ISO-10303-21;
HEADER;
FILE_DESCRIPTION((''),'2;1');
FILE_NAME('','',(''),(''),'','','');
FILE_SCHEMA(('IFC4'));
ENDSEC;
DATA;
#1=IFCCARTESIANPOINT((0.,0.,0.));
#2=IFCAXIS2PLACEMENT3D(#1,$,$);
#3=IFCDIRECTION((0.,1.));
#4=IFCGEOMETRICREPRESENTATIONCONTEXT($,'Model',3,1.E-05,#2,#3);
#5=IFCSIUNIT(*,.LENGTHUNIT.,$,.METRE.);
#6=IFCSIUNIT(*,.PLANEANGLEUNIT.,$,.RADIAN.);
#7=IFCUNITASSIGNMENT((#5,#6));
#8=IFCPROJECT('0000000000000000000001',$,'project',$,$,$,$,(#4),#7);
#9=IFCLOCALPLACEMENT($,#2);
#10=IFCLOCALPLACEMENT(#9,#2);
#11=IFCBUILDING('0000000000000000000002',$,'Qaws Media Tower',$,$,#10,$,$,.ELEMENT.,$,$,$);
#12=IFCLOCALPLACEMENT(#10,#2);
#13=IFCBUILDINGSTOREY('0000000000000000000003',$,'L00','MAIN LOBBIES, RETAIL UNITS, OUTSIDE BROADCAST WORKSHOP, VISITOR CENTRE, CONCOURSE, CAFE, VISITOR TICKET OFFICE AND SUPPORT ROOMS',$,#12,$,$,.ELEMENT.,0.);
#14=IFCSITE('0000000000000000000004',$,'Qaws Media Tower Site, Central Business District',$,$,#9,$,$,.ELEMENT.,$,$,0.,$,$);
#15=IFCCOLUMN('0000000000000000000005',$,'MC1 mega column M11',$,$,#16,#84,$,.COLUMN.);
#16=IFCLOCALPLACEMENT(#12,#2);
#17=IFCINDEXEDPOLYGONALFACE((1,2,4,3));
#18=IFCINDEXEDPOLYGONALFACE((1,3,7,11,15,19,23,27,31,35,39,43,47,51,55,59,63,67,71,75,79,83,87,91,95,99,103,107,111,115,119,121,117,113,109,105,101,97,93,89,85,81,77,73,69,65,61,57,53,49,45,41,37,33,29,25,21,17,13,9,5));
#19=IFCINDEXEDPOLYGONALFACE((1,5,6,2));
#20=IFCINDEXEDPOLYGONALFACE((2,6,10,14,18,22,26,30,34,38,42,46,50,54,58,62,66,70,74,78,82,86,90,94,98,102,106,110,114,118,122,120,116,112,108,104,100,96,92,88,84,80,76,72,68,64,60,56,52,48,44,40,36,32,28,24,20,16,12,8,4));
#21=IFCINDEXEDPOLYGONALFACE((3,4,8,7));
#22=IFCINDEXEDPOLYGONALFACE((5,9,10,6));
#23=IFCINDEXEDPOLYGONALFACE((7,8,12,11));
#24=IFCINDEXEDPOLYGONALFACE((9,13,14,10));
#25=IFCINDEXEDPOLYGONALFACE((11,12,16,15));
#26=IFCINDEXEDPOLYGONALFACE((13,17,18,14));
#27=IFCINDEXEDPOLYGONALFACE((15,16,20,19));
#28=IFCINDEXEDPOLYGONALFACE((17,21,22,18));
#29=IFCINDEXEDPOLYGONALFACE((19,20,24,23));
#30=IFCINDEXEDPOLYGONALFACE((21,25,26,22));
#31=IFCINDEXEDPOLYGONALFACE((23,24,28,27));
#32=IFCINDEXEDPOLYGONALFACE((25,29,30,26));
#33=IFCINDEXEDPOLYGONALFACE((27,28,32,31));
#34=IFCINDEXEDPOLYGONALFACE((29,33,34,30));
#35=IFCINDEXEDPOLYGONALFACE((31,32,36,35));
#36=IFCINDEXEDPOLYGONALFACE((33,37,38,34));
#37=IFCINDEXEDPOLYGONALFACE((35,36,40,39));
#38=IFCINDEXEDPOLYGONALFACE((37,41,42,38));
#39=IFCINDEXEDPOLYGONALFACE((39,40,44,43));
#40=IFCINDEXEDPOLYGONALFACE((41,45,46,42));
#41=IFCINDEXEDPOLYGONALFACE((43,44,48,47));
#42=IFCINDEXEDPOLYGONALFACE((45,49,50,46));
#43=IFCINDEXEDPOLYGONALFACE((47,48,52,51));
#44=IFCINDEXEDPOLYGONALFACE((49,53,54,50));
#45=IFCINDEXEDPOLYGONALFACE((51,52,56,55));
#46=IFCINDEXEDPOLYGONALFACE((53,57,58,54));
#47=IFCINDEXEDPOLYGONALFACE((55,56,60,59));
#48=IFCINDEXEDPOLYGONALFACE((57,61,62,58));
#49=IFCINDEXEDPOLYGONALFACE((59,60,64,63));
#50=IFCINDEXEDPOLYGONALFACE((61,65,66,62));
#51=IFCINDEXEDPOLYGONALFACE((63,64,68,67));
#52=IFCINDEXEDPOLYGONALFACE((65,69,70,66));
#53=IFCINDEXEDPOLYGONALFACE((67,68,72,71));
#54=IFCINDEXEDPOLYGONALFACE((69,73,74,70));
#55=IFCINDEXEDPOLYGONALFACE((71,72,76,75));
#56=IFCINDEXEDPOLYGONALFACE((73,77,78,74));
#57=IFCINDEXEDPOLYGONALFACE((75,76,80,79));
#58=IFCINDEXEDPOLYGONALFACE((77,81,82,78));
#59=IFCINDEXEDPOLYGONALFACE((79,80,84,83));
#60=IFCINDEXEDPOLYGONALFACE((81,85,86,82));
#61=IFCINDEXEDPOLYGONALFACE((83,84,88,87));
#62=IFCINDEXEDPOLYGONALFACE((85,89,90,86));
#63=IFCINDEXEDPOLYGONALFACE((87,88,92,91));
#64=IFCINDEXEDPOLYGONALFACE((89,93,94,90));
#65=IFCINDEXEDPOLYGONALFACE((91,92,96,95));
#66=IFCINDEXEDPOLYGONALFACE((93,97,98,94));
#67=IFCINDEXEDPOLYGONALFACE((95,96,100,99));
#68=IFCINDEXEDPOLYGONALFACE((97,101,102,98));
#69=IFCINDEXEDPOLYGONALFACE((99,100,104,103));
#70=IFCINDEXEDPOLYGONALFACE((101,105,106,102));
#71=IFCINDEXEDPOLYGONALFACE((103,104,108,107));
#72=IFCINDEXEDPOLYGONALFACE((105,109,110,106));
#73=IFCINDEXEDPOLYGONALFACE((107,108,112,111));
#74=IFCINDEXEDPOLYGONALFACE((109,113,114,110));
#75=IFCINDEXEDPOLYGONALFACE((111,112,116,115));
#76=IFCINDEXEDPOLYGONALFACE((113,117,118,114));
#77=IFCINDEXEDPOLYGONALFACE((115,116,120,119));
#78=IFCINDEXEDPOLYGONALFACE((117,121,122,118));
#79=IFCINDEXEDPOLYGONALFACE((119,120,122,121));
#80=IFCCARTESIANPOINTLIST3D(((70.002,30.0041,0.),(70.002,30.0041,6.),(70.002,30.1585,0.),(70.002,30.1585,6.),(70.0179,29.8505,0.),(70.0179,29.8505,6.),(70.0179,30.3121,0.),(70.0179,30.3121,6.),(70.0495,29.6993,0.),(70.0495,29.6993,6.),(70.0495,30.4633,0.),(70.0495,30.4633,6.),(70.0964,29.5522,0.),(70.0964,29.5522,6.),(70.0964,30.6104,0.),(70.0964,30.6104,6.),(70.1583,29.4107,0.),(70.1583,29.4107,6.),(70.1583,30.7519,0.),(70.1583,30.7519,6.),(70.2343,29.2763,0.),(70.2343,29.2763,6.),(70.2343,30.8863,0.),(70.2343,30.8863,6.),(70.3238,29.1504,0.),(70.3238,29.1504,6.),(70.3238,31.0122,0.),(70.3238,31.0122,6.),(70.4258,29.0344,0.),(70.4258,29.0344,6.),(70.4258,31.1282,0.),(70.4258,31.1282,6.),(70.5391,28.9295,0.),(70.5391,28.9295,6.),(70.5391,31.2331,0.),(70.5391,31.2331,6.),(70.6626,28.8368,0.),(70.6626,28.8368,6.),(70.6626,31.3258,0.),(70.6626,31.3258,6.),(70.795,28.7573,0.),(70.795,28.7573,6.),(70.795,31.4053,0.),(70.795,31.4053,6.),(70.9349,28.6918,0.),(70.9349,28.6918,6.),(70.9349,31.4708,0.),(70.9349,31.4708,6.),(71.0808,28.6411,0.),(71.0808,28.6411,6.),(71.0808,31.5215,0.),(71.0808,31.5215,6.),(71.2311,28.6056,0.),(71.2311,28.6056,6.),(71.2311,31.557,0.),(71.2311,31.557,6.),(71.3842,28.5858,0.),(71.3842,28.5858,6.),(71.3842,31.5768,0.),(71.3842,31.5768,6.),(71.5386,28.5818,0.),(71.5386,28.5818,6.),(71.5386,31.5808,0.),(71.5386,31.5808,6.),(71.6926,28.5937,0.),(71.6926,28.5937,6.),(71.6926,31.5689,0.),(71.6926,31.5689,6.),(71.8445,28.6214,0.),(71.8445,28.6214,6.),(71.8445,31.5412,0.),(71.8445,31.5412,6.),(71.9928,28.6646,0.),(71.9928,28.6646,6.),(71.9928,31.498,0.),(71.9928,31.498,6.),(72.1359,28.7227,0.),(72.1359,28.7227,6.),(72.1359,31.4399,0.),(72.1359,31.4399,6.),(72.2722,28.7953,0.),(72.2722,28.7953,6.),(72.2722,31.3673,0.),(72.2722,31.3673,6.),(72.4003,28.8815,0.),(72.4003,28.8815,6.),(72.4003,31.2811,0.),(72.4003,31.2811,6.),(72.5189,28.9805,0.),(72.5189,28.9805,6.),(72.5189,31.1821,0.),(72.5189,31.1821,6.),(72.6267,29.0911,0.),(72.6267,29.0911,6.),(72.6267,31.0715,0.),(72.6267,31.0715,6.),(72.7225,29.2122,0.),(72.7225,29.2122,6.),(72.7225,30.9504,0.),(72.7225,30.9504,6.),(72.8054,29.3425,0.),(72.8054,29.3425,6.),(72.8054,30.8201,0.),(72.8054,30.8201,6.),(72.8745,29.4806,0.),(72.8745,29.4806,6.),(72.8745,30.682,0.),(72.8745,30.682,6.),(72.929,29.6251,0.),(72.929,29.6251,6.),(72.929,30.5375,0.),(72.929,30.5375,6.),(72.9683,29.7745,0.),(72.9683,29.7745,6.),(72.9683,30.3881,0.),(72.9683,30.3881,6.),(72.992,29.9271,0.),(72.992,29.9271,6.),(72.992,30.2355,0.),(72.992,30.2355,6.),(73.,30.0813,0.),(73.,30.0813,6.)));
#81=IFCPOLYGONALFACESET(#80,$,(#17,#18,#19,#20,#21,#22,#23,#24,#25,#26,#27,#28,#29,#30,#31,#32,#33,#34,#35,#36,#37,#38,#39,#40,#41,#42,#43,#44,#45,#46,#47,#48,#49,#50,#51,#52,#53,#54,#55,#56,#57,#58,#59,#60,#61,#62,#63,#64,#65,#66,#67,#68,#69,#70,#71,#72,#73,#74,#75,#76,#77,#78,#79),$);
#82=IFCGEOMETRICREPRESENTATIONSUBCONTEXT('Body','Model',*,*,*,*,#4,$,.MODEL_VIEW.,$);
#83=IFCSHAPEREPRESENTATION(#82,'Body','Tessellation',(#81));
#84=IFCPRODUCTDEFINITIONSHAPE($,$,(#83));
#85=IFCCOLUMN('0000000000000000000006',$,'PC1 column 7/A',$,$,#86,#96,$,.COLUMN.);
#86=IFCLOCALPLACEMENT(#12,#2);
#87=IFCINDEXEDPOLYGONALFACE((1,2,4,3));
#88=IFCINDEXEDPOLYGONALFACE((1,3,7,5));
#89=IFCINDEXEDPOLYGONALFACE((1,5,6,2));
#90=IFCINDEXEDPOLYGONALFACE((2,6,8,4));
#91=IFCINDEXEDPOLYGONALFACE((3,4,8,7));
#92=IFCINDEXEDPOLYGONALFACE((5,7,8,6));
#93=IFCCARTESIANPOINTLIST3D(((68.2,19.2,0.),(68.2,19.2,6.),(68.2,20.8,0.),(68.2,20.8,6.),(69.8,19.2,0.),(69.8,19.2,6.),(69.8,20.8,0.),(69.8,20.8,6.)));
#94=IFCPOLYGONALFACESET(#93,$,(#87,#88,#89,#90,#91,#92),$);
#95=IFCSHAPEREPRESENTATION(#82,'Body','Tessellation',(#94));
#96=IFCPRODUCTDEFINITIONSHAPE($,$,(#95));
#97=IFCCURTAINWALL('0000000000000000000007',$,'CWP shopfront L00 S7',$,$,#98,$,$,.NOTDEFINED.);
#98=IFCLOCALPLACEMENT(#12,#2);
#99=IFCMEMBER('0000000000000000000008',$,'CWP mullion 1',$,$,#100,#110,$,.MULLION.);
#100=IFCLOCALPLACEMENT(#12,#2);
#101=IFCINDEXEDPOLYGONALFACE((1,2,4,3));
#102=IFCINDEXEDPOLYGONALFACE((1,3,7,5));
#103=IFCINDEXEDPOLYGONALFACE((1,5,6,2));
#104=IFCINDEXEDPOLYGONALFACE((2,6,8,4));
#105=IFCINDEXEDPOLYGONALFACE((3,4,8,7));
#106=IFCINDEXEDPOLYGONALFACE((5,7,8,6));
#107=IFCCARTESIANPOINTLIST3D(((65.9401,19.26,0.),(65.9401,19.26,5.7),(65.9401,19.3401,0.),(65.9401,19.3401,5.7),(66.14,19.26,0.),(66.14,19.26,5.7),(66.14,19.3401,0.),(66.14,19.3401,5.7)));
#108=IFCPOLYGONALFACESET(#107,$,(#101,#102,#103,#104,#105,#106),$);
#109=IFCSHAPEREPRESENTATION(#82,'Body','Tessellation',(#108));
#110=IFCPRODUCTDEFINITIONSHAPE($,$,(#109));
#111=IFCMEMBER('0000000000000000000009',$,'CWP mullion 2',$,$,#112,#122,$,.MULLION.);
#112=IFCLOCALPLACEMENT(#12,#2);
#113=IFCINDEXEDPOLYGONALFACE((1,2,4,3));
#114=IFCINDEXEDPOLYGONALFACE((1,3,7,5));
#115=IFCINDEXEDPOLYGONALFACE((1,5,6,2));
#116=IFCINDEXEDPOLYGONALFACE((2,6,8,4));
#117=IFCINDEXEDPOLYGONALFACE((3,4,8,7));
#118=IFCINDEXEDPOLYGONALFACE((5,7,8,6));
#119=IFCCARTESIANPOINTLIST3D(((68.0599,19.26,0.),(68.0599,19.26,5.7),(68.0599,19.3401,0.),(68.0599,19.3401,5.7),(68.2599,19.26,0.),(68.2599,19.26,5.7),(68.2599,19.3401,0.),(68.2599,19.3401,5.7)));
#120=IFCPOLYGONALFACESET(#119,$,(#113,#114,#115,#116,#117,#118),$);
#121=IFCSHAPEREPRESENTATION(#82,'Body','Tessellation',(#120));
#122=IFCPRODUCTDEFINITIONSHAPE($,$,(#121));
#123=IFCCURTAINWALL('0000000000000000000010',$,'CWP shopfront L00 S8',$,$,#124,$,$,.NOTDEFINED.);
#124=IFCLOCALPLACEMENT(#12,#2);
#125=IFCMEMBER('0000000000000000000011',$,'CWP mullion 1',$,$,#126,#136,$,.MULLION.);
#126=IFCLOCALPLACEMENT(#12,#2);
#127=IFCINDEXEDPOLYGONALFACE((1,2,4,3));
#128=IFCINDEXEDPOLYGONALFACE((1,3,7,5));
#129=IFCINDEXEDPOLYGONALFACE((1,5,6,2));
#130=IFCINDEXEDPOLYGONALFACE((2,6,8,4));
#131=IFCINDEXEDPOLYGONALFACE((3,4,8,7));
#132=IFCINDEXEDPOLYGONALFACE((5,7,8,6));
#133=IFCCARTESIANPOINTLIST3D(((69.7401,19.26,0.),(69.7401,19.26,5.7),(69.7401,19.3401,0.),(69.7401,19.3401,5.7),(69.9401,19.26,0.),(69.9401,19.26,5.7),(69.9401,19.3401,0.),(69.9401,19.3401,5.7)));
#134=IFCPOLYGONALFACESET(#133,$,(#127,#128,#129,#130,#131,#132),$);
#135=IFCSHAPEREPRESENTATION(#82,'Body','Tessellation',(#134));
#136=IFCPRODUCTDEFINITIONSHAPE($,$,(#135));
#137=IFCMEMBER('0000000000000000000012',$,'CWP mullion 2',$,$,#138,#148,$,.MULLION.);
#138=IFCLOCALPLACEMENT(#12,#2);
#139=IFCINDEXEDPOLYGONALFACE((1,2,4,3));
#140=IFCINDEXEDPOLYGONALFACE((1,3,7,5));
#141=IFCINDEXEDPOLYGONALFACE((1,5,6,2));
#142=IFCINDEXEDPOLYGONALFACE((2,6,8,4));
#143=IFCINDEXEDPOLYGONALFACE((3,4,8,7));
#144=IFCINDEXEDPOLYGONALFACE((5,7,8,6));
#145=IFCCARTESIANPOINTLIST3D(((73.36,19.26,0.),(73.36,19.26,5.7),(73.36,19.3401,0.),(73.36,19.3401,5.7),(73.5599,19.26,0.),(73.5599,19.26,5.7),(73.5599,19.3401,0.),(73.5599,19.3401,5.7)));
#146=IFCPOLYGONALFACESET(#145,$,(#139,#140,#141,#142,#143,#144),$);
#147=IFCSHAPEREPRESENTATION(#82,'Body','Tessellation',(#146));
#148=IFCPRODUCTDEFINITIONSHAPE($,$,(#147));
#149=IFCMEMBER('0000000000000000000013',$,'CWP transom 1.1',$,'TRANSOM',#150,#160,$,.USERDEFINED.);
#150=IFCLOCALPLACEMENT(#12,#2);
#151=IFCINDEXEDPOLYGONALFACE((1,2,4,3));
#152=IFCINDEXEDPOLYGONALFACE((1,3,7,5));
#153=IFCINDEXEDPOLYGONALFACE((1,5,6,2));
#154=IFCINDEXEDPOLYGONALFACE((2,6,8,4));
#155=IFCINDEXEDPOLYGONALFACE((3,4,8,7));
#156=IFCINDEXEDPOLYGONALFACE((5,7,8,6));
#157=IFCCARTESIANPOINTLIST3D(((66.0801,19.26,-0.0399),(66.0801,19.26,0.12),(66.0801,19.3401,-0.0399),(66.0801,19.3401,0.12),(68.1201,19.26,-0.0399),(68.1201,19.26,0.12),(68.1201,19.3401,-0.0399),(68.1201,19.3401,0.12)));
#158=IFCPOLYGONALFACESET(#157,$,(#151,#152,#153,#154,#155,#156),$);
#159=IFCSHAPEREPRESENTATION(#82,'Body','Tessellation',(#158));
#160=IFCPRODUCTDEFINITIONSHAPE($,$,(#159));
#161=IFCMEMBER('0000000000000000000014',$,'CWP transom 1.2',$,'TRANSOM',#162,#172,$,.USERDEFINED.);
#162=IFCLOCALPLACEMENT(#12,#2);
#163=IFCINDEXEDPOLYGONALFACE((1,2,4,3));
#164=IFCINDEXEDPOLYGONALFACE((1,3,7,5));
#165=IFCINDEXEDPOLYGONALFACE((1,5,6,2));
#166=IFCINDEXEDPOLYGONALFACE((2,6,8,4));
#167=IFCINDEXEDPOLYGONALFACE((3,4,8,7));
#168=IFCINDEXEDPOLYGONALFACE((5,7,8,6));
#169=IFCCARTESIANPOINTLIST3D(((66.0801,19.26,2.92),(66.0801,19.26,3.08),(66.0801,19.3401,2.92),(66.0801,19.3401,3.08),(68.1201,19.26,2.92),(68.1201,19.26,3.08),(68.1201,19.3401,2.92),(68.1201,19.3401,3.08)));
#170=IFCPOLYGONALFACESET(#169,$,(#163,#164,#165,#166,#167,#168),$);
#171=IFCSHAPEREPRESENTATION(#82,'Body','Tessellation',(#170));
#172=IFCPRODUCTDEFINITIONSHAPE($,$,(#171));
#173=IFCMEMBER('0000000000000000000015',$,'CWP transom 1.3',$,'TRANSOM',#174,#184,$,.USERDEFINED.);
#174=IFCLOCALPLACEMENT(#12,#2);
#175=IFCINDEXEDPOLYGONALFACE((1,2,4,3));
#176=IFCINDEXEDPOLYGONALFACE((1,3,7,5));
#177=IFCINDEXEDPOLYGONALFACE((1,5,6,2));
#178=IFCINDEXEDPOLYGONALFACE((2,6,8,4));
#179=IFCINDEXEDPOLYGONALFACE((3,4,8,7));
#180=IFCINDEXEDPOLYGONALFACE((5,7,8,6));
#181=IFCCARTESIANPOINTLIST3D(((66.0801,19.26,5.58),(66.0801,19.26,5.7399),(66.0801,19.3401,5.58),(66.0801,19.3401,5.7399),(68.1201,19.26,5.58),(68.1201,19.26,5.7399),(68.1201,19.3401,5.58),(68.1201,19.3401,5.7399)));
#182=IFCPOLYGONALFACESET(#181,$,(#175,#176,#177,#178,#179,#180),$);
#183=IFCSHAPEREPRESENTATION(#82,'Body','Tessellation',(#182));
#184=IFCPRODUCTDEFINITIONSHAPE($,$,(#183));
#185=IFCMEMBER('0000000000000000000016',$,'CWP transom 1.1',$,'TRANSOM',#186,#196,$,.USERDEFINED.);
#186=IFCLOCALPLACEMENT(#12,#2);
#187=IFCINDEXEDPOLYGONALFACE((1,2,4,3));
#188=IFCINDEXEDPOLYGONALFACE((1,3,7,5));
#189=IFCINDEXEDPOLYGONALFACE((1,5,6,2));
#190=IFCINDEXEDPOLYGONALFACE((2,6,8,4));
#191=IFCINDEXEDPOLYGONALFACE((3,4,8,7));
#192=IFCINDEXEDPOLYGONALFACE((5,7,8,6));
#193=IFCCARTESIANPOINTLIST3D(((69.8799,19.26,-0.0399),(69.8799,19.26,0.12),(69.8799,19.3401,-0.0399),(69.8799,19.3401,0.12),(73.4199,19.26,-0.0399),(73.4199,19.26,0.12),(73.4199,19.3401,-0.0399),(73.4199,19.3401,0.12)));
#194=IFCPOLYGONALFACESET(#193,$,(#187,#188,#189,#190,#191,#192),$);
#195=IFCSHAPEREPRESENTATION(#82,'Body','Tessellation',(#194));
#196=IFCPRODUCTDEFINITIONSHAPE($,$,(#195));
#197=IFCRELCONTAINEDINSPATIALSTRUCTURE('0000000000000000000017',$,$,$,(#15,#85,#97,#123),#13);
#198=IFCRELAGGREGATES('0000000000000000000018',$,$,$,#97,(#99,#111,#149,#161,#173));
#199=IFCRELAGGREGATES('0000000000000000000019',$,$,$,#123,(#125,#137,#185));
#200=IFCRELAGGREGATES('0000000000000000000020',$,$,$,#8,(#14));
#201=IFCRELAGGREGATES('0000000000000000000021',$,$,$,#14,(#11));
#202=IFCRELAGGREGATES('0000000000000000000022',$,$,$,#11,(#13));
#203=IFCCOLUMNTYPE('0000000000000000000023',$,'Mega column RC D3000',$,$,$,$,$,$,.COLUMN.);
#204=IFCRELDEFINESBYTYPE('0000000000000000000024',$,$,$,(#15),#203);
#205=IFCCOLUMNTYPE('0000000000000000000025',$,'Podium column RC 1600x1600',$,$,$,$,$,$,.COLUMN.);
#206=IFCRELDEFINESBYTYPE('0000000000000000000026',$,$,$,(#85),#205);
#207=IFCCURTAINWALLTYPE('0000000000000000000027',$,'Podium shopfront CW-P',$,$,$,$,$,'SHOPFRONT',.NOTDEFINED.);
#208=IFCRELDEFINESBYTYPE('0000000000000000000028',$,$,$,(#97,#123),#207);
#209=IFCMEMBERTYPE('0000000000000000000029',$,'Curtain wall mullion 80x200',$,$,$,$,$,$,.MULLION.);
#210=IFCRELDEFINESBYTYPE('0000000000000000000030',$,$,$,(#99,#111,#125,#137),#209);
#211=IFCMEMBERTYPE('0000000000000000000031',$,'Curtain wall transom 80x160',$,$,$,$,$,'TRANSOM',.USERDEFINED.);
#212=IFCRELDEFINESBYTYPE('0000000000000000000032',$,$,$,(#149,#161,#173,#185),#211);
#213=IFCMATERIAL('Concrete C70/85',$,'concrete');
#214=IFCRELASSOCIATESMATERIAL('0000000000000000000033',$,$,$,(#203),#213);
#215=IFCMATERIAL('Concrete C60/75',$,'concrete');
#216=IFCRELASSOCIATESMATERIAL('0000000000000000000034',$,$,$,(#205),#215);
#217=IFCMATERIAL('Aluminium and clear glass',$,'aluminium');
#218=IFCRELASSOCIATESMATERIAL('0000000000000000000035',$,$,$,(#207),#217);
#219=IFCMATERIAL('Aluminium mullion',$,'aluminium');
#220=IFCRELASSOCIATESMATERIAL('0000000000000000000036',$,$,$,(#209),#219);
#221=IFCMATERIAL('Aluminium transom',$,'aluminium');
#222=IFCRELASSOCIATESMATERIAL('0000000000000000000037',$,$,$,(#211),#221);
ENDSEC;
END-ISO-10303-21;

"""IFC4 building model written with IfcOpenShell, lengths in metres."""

from ifc_helpers import new_model, si_unit, direction, frame, origin, origin_2d, place, context, subcontext, project, spatial, rectangle, circle, extrude, material, material_profile, profile_set, type_object, element, aggregate, save


model = new_model("IFC4")

# Units and contexts
model_context = context("Model", 3, precision=1e-05, world=origin(), true_north=direction((0.0, 1.0)))
body_context = subcontext(model_context, "Body", "Model", "MODEL_VIEW")
ifc_project = project(units=[si_unit("LENGTHUNIT", "METRE"), si_unit("PLANEANGLEUNIT", "RADIAN")], contexts=[model_context])

# Site, building, storey
site_placement = place(None, origin())
site = spatial("IfcSite", under=ifc_project, at=site_placement, Name="Qaws Media Tower Site, Central Business District", CompositionType="ELEMENT", RefElevation=0.0)
building_placement = place(site_placement, origin())
building = spatial("IfcBuilding", under=site, at=building_placement, Name="Qaws Media Tower", CompositionType="ELEMENT")
storey_placement = place(building_placement, origin())
storey = spatial("IfcBuildingStorey", under=building, at=storey_placement, Name="L00", Description="MAIN LOBBIES, RETAIL UNITS, OUTSIDE BROADCAST WORKSHOP, VISITOR CENTRE, CONCOURSE, CAFE, VISITOR TICKET OFFICE AND SUPPORT ROOMS", CompositionType="ELEMENT", Elevation=0.0)

# Columns
ifc_material_1 = material(Name="Concrete C70/85", Category="concrete")
ifc_material_profile_1 = material_profile(ifc_material_1, circle(Radius=1.5, at=origin_2d()), Name="RC D3000")
ifc_profile_set_1 = profile_set([ifc_material_profile_1], Name="Concrete C70/85")
column_type_1 = type_object("IfcColumnType", Name="Mega column RC D3000", PredefinedType="COLUMN", material=ifc_profile_set_1)
column_1_placement = place(storey_placement, frame((71.5, 30.0813, 0.0), z_axis=(0.0, 0.0, 1.0), x_axis=(1.0, 0.0, 0.0)))
element("IfcColumn", 1, at=column_1_placement, inside=storey, type_object=column_type_1, Name="MC1 mega column M11", PredefinedType="COLUMN", context=body_context, shape_type="SweptSolid", body=[
    extrude(circle(Radius=1.5, at=origin_2d()), origin(), (0.0, 0.0, 1.0), 6.0),
])
ifc_material_2 = material(Name="Concrete C60/75", Category="concrete")
ifc_material_profile_2 = material_profile(ifc_material_2, rectangle(XDim=1.6001, YDim=1.6001, at=origin_2d()), Name="RC 1600x1600")
ifc_profile_set_2 = profile_set([ifc_material_profile_2], Name="Concrete C60/75")
column_type_2 = type_object("IfcColumnType", Name="Podium column RC 1600x1600", PredefinedType="COLUMN", material=ifc_profile_set_2)
column_2_placement = place(storey_placement, frame((69.0, 20.0, 0.0), z_axis=(0.0, 0.0, 1.0), x_axis=(1.0, 0.0, 0.0)))
element("IfcColumn", 2, at=column_2_placement, inside=storey, type_object=column_type_2, Name="PC1 column 7/A", PredefinedType="COLUMN", context=body_context, shape_type="SweptSolid", body=[
    extrude(rectangle(XDim=1.6001, YDim=1.6001, at=origin_2d()), origin(), (0.0, 0.0, 1.0), 6.0),
])

# Curtain walls, members
ifc_material_3 = material(Name="Aluminium and clear glass", Category="aluminium")
curtain_wall_type = type_object("IfcCurtainWallType", Name="Podium shopfront CW-P", ElementType="SHOPFRONT", PredefinedType="NOTDEFINED", material=ifc_material_3)
curtain_wall_1_placement = place(storey_placement, origin())
curtain_wall_1 = element("IfcCurtainWall", 3, at=curtain_wall_1_placement, inside=storey, type_object=curtain_wall_type, Name="CWP shopfront L00 S7", PredefinedType="NOTDEFINED")
ifc_material_4 = material(Name="Aluminium mullion", Category="aluminium")
ifc_material_profile_3 = material_profile(ifc_material_4, rectangle(XDim=0.0801, YDim=0.2, at=origin_2d()), Name="80x200")
ifc_profile_set_3 = profile_set([ifc_material_profile_3], Name="Aluminium mullion")
member_type_1 = type_object("IfcMemberType", Name="Curtain wall mullion 80x200", PredefinedType="MULLION", material=ifc_profile_set_3)
member_1_placement = place(storey_placement, frame((66.04, 19.3, 0.0), z_axis=(0.0, 0.0, 1.0), x_axis=(0.0, 1.0, 0.0)))
member_1 = element("IfcMember", 4, at=member_1_placement, type_object=member_type_1, Name="CWP mullion 1", PredefinedType="MULLION", context=body_context, shape_type="SweptSolid", body=[
    extrude(rectangle(XDim=0.0801, YDim=0.2, at=origin_2d()), origin(), (0.0, 0.0, 1.0), 5.7),
])
member_2_placement = place(storey_placement, frame((68.1599, 19.3, 0.0), z_axis=(0.0, 0.0, 1.0), x_axis=(0.0, 1.0, 0.0)))
member_2 = element("IfcMember", 5, at=member_2_placement, type_object=member_type_1, Name="CWP mullion 2", PredefinedType="MULLION", context=body_context, shape_type="SweptSolid", body=[
    extrude(rectangle(XDim=0.0801, YDim=0.2, at=origin_2d()), origin(), (0.0, 0.0, 1.0), 5.7),
])
curtain_wall_2_placement = place(storey_placement, origin())
curtain_wall_2 = element("IfcCurtainWall", 6, at=curtain_wall_2_placement, inside=storey, type_object=curtain_wall_type, Name="CWP shopfront L00 S8", PredefinedType="NOTDEFINED")
member_3_placement = place(storey_placement, frame((69.8401, 19.3, 0.0), z_axis=(0.0, 0.0, 1.0), x_axis=(0.0, 1.0, 0.0)))
member_3 = element("IfcMember", 7, at=member_3_placement, type_object=member_type_1, Name="CWP mullion 1", PredefinedType="MULLION", context=body_context, shape_type="SweptSolid", body=[
    extrude(rectangle(XDim=0.0801, YDim=0.2, at=origin_2d()), origin(), (0.0, 0.0, 1.0), 5.7),
])
member_4_placement = place(storey_placement, frame((73.46, 19.3, 0.0), z_axis=(0.0, 0.0, 1.0), x_axis=(0.0, 1.0, 0.0)))
member_4 = element("IfcMember", 8, at=member_4_placement, type_object=member_type_1, Name="CWP mullion 2", PredefinedType="MULLION", context=body_context, shape_type="SweptSolid", body=[
    extrude(rectangle(XDim=0.0801, YDim=0.2, at=origin_2d()), origin(), (0.0, 0.0, 1.0), 5.7),
])

# Members
ifc_material_5 = material(Name="Aluminium transom", Category="aluminium")
ifc_material_profile_4 = material_profile(ifc_material_5, rectangle(XDim=0.0801, YDim=0.1599, at=origin_2d()), Name="80x160")
ifc_profile_set_4 = profile_set([ifc_material_profile_4], Name="Aluminium transom")
member_type_2 = type_object("IfcMemberType", Name="Curtain wall transom 80x160", ElementType="TRANSOM", PredefinedType="USERDEFINED", material=ifc_profile_set_4)
member_5_placement = place(storey_placement, frame((66.0801, 19.3, 0.04), z_axis=(1.0, 0.0, 0.0), x_axis=(0.0, 1.0, 0.0)))
member_5 = element("IfcMember", 9, at=member_5_placement, type_object=member_type_2, Name="CWP transom 1.1", ObjectType="TRANSOM", PredefinedType="USERDEFINED", context=body_context, shape_type="SweptSolid", body=[
    extrude(rectangle(XDim=0.0801, YDim=0.1599, at=origin_2d()), origin(), (0.0, 0.0, 1.0), 2.04),
])
member_6_placement = place(storey_placement, frame((66.0801, 19.3, 3.0), z_axis=(1.0, 0.0, 0.0), x_axis=(0.0, 1.0, 0.0)))
member_6 = element("IfcMember", 10, at=member_6_placement, type_object=member_type_2, Name="CWP transom 1.2", ObjectType="TRANSOM", PredefinedType="USERDEFINED", context=body_context, shape_type="SweptSolid", body=[
    extrude(rectangle(XDim=0.0801, YDim=0.1599, at=origin_2d()), origin(), (0.0, 0.0, 1.0), 2.04),
])
member_7_placement = place(storey_placement, frame((66.0801, 19.3, 5.6599), z_axis=(1.0, 0.0, 0.0), x_axis=(0.0, 1.0, 0.0)))
member_7 = element("IfcMember", 11, at=member_7_placement, type_object=member_type_2, Name="CWP transom 1.3", ObjectType="TRANSOM", PredefinedType="USERDEFINED", context=body_context, shape_type="SweptSolid", body=[
    extrude(rectangle(XDim=0.0801, YDim=0.1599, at=origin_2d()), origin(), (0.0, 0.0, 1.0), 2.04),
])
member_8_placement = place(storey_placement, frame((69.8799, 19.3, 0.04), z_axis=(1.0, 0.0, 0.0), x_axis=(0.0, 1.0, 0.0)))
member_8 = element("IfcMember", 12, at=member_8_placement, type_object=member_type_2, Name="CWP transom 1.1", ObjectType="TRANSOM", PredefinedType="USERDEFINED", context=body_context, shape_type="SweptSolid", body=[
    extrude(rectangle(XDim=0.0801, YDim=0.1599, at=origin_2d()), origin(), (0.0, 0.0, 1.0), 3.54),
])

aggregate(curtain_wall_1, [member_1, member_2, member_5, member_6, member_7])
aggregate(curtain_wall_2, [member_3, member_4, member_8])

save(model, "model.ifc")
